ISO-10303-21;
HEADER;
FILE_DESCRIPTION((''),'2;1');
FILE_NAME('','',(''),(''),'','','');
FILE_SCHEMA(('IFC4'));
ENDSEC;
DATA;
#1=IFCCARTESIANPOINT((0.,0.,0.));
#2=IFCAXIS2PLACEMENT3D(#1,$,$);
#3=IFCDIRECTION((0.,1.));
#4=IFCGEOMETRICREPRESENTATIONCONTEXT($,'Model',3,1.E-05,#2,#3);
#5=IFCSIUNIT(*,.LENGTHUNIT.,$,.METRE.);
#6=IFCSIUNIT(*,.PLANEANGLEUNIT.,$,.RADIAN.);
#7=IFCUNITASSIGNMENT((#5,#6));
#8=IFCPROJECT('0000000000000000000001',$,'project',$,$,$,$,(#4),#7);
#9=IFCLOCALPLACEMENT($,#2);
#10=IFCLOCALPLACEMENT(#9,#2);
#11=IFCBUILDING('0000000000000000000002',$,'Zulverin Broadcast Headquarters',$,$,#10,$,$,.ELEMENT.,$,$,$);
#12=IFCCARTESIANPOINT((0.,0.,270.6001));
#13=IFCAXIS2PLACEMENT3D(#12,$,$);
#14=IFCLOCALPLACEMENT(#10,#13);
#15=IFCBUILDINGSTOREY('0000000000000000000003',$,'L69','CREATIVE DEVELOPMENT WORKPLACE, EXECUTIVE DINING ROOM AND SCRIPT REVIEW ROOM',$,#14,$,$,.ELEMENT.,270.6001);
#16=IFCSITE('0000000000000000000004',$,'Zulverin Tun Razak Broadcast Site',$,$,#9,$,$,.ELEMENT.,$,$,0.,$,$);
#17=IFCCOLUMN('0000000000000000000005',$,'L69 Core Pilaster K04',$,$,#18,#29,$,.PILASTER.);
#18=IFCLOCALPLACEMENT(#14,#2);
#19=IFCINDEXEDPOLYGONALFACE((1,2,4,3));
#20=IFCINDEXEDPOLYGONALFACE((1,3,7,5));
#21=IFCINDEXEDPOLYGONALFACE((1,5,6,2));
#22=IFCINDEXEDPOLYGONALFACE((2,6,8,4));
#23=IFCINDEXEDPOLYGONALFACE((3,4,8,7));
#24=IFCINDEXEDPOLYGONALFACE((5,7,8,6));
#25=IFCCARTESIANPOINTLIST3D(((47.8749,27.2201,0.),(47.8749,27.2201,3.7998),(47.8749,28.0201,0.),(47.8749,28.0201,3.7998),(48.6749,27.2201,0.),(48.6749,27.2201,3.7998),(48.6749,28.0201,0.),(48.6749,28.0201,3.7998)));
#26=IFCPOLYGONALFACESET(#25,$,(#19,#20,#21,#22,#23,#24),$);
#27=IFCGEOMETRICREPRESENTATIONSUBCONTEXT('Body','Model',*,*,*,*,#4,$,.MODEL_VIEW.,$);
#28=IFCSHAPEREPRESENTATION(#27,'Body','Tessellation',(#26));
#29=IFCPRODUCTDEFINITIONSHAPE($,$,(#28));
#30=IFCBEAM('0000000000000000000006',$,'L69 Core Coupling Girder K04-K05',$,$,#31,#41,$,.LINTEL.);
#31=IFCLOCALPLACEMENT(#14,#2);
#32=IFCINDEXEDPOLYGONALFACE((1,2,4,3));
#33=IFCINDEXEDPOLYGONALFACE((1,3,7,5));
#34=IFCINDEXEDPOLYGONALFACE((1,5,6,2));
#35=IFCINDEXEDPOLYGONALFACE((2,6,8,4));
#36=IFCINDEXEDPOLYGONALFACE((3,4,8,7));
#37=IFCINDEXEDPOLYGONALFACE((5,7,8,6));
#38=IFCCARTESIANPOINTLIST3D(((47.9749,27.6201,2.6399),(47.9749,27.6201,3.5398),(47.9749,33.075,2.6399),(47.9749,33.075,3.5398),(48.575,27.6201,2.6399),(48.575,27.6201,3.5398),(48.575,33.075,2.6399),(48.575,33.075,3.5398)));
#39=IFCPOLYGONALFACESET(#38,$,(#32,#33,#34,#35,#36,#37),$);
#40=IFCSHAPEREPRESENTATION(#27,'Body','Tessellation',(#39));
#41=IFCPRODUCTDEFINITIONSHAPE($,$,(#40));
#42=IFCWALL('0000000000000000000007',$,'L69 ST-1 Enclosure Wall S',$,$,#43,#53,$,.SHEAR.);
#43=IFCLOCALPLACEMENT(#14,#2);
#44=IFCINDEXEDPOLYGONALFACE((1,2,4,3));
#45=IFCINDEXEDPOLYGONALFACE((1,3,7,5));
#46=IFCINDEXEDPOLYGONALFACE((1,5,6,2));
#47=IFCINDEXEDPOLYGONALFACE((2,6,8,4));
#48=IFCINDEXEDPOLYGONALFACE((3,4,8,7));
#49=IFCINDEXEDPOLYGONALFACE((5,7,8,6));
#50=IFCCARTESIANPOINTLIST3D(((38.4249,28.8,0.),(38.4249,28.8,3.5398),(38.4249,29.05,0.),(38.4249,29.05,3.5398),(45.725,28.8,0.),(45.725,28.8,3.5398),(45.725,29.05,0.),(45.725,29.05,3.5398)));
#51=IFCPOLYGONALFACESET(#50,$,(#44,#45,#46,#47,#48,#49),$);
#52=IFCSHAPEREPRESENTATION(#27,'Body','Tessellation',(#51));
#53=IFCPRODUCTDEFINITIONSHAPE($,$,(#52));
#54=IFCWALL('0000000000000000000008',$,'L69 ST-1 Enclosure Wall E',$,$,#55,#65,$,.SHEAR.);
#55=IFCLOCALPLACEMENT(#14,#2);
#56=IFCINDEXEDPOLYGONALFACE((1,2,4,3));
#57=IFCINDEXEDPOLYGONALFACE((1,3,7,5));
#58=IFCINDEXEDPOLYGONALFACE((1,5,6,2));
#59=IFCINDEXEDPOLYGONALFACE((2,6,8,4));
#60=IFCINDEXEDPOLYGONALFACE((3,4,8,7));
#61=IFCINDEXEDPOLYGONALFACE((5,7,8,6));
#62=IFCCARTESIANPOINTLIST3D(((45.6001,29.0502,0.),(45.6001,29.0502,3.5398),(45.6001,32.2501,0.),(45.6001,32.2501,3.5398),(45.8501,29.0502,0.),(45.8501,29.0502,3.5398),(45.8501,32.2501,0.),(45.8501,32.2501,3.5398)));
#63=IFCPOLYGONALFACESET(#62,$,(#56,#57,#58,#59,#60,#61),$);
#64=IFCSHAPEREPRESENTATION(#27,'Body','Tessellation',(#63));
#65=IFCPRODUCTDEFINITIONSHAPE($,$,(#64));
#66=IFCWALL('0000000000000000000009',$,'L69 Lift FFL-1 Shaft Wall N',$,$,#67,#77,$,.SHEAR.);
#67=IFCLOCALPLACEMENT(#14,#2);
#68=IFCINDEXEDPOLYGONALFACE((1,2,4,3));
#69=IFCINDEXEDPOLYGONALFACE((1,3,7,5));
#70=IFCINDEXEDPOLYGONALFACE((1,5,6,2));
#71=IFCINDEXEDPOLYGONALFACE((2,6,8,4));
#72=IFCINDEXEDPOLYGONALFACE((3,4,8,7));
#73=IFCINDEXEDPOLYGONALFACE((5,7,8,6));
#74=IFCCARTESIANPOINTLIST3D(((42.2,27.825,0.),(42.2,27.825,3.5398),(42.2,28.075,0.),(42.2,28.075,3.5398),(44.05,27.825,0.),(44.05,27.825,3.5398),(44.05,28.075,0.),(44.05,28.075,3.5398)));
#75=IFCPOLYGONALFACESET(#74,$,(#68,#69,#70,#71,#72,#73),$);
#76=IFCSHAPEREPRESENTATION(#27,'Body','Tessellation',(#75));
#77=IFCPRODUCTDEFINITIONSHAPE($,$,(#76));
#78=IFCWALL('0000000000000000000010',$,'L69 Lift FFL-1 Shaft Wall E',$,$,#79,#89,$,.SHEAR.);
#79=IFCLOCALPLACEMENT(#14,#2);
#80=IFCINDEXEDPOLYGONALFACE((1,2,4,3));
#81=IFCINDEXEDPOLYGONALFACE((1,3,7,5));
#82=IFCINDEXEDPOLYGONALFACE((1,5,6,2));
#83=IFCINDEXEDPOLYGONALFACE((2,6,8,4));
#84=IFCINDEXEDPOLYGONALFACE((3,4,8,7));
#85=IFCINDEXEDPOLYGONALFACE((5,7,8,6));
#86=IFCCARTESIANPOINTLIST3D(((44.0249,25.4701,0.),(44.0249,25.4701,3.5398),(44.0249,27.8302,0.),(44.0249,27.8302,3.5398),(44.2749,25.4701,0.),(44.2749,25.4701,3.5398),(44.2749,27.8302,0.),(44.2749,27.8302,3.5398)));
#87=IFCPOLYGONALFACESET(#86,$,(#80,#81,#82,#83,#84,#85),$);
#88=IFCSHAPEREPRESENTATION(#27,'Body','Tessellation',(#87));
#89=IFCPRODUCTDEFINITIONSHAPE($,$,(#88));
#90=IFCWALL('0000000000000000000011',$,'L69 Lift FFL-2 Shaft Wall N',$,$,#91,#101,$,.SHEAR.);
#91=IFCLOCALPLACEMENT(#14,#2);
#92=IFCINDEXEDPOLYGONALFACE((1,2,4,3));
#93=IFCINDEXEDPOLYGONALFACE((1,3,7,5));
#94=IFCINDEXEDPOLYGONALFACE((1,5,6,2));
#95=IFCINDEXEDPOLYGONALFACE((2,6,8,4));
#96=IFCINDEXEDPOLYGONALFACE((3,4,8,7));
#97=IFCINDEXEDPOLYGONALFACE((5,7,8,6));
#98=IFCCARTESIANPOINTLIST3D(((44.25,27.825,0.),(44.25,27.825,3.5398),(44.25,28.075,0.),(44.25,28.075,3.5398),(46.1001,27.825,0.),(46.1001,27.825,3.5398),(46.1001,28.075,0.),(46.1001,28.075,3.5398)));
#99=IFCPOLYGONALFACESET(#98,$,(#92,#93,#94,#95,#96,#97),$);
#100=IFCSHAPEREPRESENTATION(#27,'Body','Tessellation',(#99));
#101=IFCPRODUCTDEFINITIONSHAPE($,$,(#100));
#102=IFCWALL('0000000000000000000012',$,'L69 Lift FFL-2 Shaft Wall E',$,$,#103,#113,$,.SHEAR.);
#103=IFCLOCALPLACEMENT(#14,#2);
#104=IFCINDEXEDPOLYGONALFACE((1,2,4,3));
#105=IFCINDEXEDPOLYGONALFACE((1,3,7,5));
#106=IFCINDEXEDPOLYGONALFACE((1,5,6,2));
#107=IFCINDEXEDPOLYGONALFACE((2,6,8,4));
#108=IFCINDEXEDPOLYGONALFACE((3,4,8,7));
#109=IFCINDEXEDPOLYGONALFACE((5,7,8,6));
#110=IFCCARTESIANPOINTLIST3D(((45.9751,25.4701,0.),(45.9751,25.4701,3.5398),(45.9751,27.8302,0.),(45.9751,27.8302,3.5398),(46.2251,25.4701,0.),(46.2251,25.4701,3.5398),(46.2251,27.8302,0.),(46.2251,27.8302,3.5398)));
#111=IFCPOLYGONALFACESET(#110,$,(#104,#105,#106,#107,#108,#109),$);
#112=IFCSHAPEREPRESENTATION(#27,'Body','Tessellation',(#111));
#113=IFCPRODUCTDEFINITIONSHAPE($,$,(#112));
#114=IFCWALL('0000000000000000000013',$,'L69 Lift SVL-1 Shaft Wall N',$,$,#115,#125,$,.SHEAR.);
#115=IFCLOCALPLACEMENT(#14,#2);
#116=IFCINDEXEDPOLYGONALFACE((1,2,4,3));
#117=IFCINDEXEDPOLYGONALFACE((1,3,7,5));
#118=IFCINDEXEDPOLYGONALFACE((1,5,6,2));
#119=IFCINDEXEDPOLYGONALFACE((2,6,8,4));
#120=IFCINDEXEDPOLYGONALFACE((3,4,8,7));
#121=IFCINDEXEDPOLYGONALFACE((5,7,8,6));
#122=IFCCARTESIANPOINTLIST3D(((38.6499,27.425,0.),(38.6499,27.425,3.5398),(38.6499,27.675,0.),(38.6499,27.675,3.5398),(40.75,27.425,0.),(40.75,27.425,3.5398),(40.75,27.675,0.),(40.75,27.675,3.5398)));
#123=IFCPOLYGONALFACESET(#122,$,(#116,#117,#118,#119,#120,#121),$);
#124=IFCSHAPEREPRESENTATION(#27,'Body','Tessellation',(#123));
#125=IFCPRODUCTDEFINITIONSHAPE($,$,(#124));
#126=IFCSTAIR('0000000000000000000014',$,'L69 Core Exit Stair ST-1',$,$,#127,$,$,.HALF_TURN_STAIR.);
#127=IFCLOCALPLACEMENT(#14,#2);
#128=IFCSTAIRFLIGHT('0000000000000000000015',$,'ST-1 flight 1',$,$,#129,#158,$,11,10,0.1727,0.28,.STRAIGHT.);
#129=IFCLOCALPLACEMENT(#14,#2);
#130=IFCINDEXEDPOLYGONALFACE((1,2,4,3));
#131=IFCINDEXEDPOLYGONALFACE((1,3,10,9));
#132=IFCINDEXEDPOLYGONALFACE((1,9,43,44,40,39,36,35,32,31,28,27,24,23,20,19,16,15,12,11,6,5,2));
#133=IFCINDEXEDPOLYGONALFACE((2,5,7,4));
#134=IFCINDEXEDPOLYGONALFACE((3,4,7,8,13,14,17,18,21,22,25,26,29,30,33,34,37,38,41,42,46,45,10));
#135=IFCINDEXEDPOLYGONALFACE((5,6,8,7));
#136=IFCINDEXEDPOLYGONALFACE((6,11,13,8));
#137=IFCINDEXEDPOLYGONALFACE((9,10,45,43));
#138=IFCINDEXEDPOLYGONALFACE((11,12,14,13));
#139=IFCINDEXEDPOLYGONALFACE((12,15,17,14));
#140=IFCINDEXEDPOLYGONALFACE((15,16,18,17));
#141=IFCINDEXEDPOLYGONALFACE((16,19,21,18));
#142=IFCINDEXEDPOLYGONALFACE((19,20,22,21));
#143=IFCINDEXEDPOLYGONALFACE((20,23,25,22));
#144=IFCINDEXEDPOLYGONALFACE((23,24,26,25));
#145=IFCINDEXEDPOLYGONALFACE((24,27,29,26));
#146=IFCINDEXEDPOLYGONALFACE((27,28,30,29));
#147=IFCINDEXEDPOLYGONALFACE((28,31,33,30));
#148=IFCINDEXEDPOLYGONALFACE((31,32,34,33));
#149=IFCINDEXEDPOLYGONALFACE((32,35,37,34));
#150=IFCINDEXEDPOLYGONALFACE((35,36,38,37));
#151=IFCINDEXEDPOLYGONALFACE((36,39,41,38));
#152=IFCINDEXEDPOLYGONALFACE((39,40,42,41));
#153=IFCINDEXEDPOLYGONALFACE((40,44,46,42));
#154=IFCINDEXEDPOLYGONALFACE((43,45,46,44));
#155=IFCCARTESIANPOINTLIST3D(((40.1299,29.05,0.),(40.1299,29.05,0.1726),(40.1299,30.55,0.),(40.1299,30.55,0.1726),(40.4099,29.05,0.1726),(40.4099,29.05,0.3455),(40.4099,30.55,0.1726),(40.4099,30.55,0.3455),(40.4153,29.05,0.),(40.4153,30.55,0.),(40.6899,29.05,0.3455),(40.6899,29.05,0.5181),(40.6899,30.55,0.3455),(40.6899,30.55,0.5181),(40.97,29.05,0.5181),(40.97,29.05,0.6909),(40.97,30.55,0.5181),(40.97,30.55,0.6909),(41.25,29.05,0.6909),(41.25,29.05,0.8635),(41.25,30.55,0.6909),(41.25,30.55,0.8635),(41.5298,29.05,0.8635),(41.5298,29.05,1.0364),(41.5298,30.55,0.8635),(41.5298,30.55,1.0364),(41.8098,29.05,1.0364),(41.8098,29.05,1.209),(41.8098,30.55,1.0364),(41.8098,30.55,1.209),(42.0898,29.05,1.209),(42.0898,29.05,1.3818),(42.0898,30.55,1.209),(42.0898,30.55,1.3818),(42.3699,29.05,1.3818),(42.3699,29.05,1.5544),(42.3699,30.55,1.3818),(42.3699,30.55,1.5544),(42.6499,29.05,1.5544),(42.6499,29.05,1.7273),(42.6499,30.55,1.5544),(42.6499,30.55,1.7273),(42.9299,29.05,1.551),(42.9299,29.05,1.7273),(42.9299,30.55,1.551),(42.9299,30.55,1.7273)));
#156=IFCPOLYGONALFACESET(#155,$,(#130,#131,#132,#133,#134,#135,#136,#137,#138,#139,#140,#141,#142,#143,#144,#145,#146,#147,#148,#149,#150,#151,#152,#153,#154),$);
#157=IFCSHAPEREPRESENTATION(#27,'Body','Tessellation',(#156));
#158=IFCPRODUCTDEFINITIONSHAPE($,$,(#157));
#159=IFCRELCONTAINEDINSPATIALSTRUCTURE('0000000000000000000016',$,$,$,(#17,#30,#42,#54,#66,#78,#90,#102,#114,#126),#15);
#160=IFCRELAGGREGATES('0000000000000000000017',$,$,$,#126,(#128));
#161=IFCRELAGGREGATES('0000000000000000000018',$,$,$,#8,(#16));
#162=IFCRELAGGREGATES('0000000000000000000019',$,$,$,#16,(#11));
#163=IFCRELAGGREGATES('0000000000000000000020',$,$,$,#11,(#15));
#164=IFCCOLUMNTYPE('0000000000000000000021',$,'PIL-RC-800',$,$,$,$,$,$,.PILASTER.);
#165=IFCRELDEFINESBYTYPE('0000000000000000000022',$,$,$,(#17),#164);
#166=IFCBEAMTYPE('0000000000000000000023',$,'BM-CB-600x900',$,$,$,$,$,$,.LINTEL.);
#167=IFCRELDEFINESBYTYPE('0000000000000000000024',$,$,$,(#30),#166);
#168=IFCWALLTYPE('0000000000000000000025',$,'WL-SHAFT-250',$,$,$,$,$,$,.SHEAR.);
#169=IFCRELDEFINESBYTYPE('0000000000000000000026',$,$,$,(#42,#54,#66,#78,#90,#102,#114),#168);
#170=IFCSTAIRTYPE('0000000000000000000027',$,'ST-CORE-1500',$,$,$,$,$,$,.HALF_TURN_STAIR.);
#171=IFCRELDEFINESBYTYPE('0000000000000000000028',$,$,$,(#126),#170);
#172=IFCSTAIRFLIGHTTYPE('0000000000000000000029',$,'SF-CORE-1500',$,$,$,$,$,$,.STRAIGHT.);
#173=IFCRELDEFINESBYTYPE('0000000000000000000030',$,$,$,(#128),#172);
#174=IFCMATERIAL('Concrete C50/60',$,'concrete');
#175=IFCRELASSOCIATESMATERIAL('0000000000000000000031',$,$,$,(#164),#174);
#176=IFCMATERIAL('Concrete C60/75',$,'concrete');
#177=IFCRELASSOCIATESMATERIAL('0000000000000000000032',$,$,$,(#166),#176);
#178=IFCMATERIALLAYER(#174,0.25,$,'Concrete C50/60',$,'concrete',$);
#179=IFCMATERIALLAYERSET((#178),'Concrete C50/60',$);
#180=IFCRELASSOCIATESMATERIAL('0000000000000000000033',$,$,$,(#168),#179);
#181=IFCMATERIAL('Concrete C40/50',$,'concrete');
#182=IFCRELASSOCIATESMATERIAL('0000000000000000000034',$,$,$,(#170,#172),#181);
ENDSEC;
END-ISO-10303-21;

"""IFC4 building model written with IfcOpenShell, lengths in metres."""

from ifc_helpers import new_model, si_unit, direction, frame, frame_2d, origin, origin_2d, place, context, subcontext, project, spatial, polyline, rectangle, outline, extrude, material, layer, layer_set, material_profile, profile_set, type_object, element, aggregate, save


model = new_model("IFC4")

# Units and contexts
model_context = context("Model", 3, precision=1e-05, world=origin(), true_north=direction((0.0, 1.0)))
body_context = subcontext(model_context, "Body", "Model", "MODEL_VIEW")
ifc_project = project(units=[si_unit("LENGTHUNIT", "METRE"), si_unit("PLANEANGLEUNIT", "RADIAN")], contexts=[model_context])

# Site, building, storey
site_placement = place(None, origin())
site = spatial("IfcSite", under=ifc_project, at=site_placement, Name="Zulverin Tun Razak Broadcast Site", CompositionType="ELEMENT", RefElevation=0.0)
building_placement = place(site_placement, origin())
building = spatial("IfcBuilding", under=site, at=building_placement, Name="Zulverin Broadcast Headquarters", CompositionType="ELEMENT")
storey_placement = place(building_placement, frame((0.0, 0.0, 270.6001)))
storey = spatial("IfcBuildingStorey", under=building, at=storey_placement, Name="L69", Description="CREATIVE DEVELOPMENT WORKPLACE, EXECUTIVE DINING ROOM AND SCRIPT REVIEW ROOM", CompositionType="ELEMENT", Elevation=270.6001)

# Column
ifc_material_1 = material(Name="Concrete C50/60", Category="concrete")
ifc_material_profile_1 = material_profile(ifc_material_1, rectangle(XDim=0.8, YDim=0.8, at=origin_2d()), Name="Concrete C50/60", Category="concrete")
ifc_profile_set_1 = profile_set([ifc_material_profile_1], Name="Concrete C50/60")
column_type = type_object("IfcColumnType", Name="PIL-RC-800", PredefinedType="PILASTER", material=ifc_profile_set_1)
column_placement = place(storey_placement, frame((48.2749, 27.6201, 0.0), z_axis=(0.0, 0.0, 1.0), x_axis=(1.0, 0.0, 0.0)))
element("IfcColumn", 1, at=column_placement, inside=storey, type_object=column_type, Name="L69 Core Pilaster K04", PredefinedType="PILASTER", context=body_context, shape_type="SweptSolid", body=[
    extrude(rectangle(XDim=0.8, YDim=0.8, at=origin_2d()), origin(), (0.0, 0.0, 1.0), 3.7998),
])

# Beam
ifc_material_2 = material(Name="Concrete C60/75", Category="concrete")
ifc_material_profile_2 = material_profile(ifc_material_2, rectangle(XDim=0.6001, YDim=0.8999, at=origin_2d()), Name="Concrete C60/75", Category="concrete")
ifc_profile_set_2 = profile_set([ifc_material_profile_2], Name="Concrete C60/75")
beam_type = type_object("IfcBeamType", Name="BM-CB-600x900", PredefinedType="LINTEL", material=ifc_profile_set_2)
beam_placement = place(storey_placement, frame((48.2749, 27.6201, 3.0898), z_axis=(0.0, 1.0, 0.0), x_axis=(-1.0, 0.0, 0.0)))
element("IfcBeam", 2, at=beam_placement, inside=storey, type_object=beam_type, Name="L69 Core Coupling Girder K04-K05", PredefinedType="LINTEL", context=body_context, shape_type="SweptSolid", body=[
    extrude(rectangle(XDim=0.6001, YDim=0.8999, at=origin_2d()), origin(), (0.0, 0.0, 1.0), 5.4548),
])

# Wall
ifc_layer = layer(ifc_material_1, 0.25, Name="Concrete C50/60", Category="concrete")
ifc_layer_set = layer_set([ifc_layer], Name="Concrete C50/60")
wall_type = type_object("IfcWallType", Name="WL-SHAFT-250", PredefinedType="SHEAR", material=ifc_layer_set)
wall_1_placement = place(storey_placement, frame((38.425, 28.925, 0.0), z_axis=(0.0, 0.0, 1.0), x_axis=(1.0, 0.0, 0.0)))
element("IfcWall", 3, at=wall_1_placement, inside=storey, type_object=wall_type, Name="L69 ST-1 Enclosure Wall S", PredefinedType="SHEAR", context=body_context, shape_type="SweptSolid", body=[
    extrude(rectangle(XDim=7.3, YDim=0.25, at=frame_2d((3.6499, 0.0))), origin(), (0.0, 0.0, 1.0), 3.5398),
])

# Walls
wall_2_placement = place(storey_placement, frame((45.7251, 29.05, 0.0), z_axis=(0.0, 0.0, 1.0), x_axis=(0.0, 1.0, 0.0)))
element("IfcWall", 4, at=wall_2_placement, inside=storey, type_object=wall_type, Name="L69 ST-1 Enclosure Wall E", PredefinedType="SHEAR", context=body_context, shape_type="SweptSolid", body=[
    extrude(rectangle(XDim=3.2, YDim=0.25, at=frame_2d((1.6001, 0.0))), origin(), (0.0, 0.0, 1.0), 3.5398),
])
wall_3_placement = place(storey_placement, frame((42.2, 27.95, 0.0), z_axis=(0.0, 0.0, 1.0), x_axis=(1.0, 0.0, 0.0)))
element("IfcWall", 5, at=wall_3_placement, inside=storey, type_object=wall_type, Name="L69 Lift FFL-1 Shaft Wall N", PredefinedType="SHEAR", context=body_context, shape_type="SweptSolid", body=[
    extrude(rectangle(XDim=1.8501, YDim=0.25, at=frame_2d((0.925, 0.0))), origin(), (0.0, 0.0, 1.0), 3.5398),
])
wall_4_placement = place(storey_placement, frame((44.1499, 25.47, 0.0), z_axis=(0.0, 0.0, 1.0), x_axis=(0.0, 1.0, 0.0)))
element("IfcWall", 6, at=wall_4_placement, inside=storey, type_object=wall_type, Name="L69 Lift FFL-1 Shaft Wall E", PredefinedType="SHEAR", context=body_context, shape_type="SweptSolid", body=[
    extrude(rectangle(XDim=2.3601, YDim=0.25, at=frame_2d((1.1802, 0.0))), origin(), (0.0, 0.0, 1.0), 3.5398),
])
wall_5_placement = place(storey_placement, frame((44.25, 27.95, 0.0), z_axis=(0.0, 0.0, 1.0), x_axis=(1.0, 0.0, 0.0)))
element("IfcWall", 7, at=wall_5_placement, inside=storey, type_object=wall_type, Name="L69 Lift FFL-2 Shaft Wall N", PredefinedType="SHEAR", context=body_context, shape_type="SweptSolid", body=[
    extrude(rectangle(XDim=1.8501, YDim=0.25, at=frame_2d((0.925, 0.0))), origin(), (0.0, 0.0, 1.0), 3.5398),
])
wall_6_placement = place(storey_placement, frame((46.1001, 25.47, 0.0), z_axis=(0.0, 0.0, 1.0), x_axis=(0.0, 1.0, 0.0)))
element("IfcWall", 8, at=wall_6_placement, inside=storey, type_object=wall_type, Name="L69 Lift FFL-2 Shaft Wall E", PredefinedType="SHEAR", context=body_context, shape_type="SweptSolid", body=[
    extrude(rectangle(XDim=2.3601, YDim=0.25, at=frame_2d((1.1802, 0.0))), origin(), (0.0, 0.0, 1.0), 3.5398),
])
wall_7_placement = place(storey_placement, frame((38.6499, 27.55, 0.0), z_axis=(0.0, 0.0, 1.0), x_axis=(1.0, 0.0, 0.0)))
element("IfcWall", 9, at=wall_7_placement, inside=storey, type_object=wall_type, Name="L69 Lift SVL-1 Shaft Wall N", PredefinedType="SHEAR", context=body_context, shape_type="SweptSolid", body=[
    extrude(rectangle(XDim=2.1001, YDim=0.25, at=frame_2d((1.05, 0.0))), origin(), (0.0, 0.0, 1.0), 3.5398),
])

# Stair, stair flight
ifc_material_3 = material(Name="Concrete C40/50", Category="concrete")
stair_type = type_object("IfcStairType", Name="ST-CORE-1500", PredefinedType="HALF_TURN_STAIR", material=ifc_material_3)
stair_placement = place(storey_placement, origin())
stair = element("IfcStair", 10, at=stair_placement, inside=storey, type_object=stair_type, Name="L69 Core Exit Stair ST-1", PredefinedType="HALF_TURN_STAIR")
stair_flight_type = type_object("IfcStairFlightType", Name="SF-CORE-1500", PredefinedType="STRAIGHT", material=ifc_material_3)
stair_flight_1_placement = place(storey_placement, frame((40.1299, 29.8, 0.0), z_axis=(0.0, 0.0, 1.0), x_axis=(1.0, 0.0, 0.0)))
stair_flight_1 = element("IfcStairFlight", 11, at=stair_flight_1_placement, type_object=stair_flight_type, Name="ST-1 flight 1", NumberOfRisers=11, NumberOfTreads=10, PredefinedType="STRAIGHT", RiserHeight=0.1727, TreadLength=0.28, context=body_context, shape_type="SweptSolid", body=[
    extrude(outline(polyline([(0.0, 0.0), (0.0, 0.1726), (0.28, 0.1726), (0.28, 0.3455), (0.5601, 0.3455), (0.5601, 0.5181), (0.8401, 0.5181), (0.8401, 0.6909), (1.1201, 0.6909), (1.1201, 0.8635), (1.3999, 0.8635), (1.3999, 1.0364), (1.6799, 1.0364), (1.6799, 1.209), (1.96, 1.209), (1.96, 1.3818), (2.24, 1.3818), (2.24, 1.5544), (2.52, 1.5544), (2.52, 1.7273), (2.8, 1.7273), (2.8, 1.8999), (2.8, 1.551), (0.2854, 0.0), (0.0, 0.0)])), frame((0.0, 0.75, 0.0), z_axis=(0.0, -1.0, 0.0), x_axis=(1.0, 0.0, 0.0)), (0.0, 0.0, 1.0), 1.5),
])
aggregate(stair, [stair_flight_1])

save(model, "model.ifc")
